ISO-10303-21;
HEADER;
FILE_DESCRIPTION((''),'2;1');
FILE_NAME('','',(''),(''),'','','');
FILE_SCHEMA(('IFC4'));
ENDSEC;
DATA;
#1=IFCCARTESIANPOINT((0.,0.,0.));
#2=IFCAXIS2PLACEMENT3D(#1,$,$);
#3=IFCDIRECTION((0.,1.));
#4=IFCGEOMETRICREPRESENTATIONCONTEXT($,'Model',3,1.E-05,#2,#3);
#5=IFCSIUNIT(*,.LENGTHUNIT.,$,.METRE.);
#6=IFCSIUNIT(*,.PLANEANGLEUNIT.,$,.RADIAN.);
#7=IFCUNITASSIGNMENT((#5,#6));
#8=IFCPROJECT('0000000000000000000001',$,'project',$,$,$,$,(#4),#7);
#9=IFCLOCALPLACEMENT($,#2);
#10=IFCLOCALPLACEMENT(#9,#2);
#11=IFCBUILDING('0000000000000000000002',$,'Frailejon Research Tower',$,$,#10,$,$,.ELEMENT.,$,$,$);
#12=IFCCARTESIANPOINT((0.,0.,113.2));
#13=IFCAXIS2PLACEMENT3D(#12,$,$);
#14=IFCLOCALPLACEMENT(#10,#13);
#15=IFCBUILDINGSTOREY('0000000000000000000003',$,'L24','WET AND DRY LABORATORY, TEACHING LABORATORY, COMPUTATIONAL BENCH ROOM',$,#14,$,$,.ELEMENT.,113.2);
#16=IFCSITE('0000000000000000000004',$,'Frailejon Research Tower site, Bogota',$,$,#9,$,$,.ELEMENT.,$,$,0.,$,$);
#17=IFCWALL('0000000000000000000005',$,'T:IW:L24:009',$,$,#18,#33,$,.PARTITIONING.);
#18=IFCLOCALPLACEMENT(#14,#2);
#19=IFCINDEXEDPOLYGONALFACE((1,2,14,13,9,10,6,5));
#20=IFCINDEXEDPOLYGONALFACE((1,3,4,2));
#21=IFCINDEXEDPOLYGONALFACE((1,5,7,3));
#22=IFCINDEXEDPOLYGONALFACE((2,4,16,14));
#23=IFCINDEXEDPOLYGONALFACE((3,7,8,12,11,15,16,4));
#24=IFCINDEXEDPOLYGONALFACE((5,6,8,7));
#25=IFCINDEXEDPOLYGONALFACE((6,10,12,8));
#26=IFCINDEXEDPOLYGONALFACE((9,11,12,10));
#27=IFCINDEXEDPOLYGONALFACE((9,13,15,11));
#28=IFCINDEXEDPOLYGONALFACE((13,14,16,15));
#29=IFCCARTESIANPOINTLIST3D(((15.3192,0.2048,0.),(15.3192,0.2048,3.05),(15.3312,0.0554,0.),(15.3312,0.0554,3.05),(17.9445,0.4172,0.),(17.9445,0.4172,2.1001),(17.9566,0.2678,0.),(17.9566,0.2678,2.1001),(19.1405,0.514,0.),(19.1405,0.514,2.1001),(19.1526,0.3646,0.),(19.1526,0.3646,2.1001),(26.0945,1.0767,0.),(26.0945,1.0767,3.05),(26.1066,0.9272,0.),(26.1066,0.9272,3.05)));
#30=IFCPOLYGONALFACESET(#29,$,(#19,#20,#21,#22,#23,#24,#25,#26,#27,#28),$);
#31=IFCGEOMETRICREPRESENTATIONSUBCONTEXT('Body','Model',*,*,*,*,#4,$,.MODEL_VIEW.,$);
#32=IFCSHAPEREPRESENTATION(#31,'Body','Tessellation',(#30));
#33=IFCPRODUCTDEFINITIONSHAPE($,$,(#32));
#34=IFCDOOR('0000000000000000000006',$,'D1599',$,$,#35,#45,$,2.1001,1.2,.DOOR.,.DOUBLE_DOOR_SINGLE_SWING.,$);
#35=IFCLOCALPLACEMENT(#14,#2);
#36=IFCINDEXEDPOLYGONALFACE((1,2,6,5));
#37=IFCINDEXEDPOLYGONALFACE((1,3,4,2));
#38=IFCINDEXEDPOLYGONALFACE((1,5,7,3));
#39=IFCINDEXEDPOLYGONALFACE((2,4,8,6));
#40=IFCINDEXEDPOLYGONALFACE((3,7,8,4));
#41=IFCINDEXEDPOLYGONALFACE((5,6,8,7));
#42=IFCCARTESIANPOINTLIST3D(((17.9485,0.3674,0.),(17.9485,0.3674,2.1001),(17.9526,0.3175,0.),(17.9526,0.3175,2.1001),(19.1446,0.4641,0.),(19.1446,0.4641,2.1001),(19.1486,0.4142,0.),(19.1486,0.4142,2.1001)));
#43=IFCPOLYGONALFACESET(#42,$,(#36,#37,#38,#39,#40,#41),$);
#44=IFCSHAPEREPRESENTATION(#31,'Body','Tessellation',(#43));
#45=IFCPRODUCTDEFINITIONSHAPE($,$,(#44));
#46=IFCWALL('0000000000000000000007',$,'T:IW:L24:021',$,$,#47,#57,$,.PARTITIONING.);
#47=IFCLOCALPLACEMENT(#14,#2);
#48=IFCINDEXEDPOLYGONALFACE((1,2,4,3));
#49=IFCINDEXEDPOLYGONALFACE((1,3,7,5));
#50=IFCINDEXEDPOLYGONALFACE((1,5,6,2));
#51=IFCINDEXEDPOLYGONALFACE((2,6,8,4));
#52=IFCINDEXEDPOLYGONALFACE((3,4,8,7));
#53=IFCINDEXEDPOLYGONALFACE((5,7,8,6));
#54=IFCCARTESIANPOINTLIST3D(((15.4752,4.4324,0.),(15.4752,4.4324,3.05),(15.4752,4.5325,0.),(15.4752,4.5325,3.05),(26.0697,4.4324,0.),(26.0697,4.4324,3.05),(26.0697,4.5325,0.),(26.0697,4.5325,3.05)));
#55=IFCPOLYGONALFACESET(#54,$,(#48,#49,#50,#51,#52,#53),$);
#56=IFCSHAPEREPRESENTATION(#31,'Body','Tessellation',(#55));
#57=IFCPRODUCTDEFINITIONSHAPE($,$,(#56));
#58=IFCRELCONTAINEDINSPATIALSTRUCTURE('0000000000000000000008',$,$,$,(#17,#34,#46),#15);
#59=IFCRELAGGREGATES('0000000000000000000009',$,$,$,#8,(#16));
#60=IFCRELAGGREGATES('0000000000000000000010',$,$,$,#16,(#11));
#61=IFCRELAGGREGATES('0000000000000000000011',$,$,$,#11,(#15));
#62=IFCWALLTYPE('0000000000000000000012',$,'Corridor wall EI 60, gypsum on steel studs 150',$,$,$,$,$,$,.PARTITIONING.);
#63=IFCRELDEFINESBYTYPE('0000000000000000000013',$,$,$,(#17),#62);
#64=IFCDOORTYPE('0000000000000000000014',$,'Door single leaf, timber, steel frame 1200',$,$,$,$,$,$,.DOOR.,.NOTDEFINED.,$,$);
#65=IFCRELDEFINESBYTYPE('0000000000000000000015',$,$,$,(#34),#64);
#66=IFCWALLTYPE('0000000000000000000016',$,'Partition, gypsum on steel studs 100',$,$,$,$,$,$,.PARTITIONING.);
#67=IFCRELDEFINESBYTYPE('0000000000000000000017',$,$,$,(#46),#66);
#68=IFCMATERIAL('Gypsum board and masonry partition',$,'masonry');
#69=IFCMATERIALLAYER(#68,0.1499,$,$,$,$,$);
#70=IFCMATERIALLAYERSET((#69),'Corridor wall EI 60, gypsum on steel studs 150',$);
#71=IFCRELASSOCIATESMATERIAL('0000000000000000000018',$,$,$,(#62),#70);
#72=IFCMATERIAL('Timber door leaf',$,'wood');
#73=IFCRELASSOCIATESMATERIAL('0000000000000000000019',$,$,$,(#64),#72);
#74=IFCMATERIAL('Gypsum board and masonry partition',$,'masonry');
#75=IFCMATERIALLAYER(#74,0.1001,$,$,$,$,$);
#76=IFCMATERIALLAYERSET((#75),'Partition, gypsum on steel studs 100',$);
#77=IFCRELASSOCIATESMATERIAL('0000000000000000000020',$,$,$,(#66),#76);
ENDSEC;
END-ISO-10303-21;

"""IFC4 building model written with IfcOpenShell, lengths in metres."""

from ifc_helpers import new_model, si_unit, direction, frame, frame_2d, origin, place, context, subcontext, project, spatial, rectangle, extrude, material, layer, layer_set, type_object, element, fill, save


model = new_model("IFC4")

# Units and contexts
model_context = context("Model", 3, precision=1e-05, world=origin(), true_north=direction((0.0, 1.0)))
body_context = subcontext(model_context, "Body", "Model", "MODEL_VIEW")
ifc_project = project(units=[si_unit("LENGTHUNIT", "METRE"), si_unit("PLANEANGLEUNIT", "RADIAN")], contexts=[model_context])

# Site, building, storey
site_placement = place(None, origin())
site = spatial("IfcSite", under=ifc_project, at=site_placement, Name="Frailejon Research Tower site, Bogota", CompositionType="ELEMENT", RefElevation=0.0)
building_placement = place(site_placement, origin())
building = spatial("IfcBuilding", under=site, at=building_placement, Name="Frailejon Research Tower", CompositionType="ELEMENT")
storey_placement = place(building_placement, frame((0.0, 0.0, 113.2)))
storey = spatial("IfcBuildingStorey", under=building, at=storey_placement, Name="L24", Description="WET AND DRY LABORATORY, TEACHING LABORATORY, COMPUTATIONAL BENCH ROOM", CompositionType="ELEMENT", Elevation=113.2)

# Wall, opening, door
ifc_material_1 = material(Name="Gypsum board and masonry partition", Category="masonry")
ifc_layer_1 = layer(ifc_material_1, 0.1499)
ifc_layer_set_1 = layer_set([ifc_layer_1], Name="Corridor wall EI 60, gypsum on steel studs 150")
wall_type_1 = type_object("IfcWallType", Name="Corridor wall EI 60, gypsum on steel studs 150", PredefinedType="PARTITIONING", material=ifc_layer_set_1)
wall_1_placement = place(storey_placement, frame((15.3252, 0.1301, 0.0), z_axis=(0.0, 0.0, 1.0), x_axis=(0.996743, 0.080645, 0.0)))
wall_1 = element("IfcWall", 1, at=wall_1_placement, inside=storey, type_object=wall_type_1, Name="T:IW:L24:009", PredefinedType="PARTITIONING", context=body_context, shape_type="SweptSolid", body=[
    extrude(rectangle(XDim=10.8105, YDim=0.1499, at=frame_2d((5.4053, 0.0))), origin(), (0.0, 0.0, 1.0), 3.05),
])
opening_1_placement = place(wall_1_placement, frame((2.6338, 0.0, 0.0)))
opening_1 = element("IfcOpeningElement", 2, at=opening_1_placement, cuts=wall_1, PredefinedType="OPENING", context=body_context, shape_type="SweptSolid", body=[
    extrude(rectangle(XDim=1.2, YDim=2.1001, at=frame_2d((0.6001, 1.05))), frame((0.0, 0.085, 0.0), z_axis=(0.0, -1.0, 0.0), x_axis=(1.0, 0.0, 0.0)), (0.0, 0.0, 1.0), 0.1699),
])
ifc_material_2 = material(Name="Timber door leaf", Category="wood")
door_type_1 = type_object("IfcDoorType", Name="Door single leaf, timber, steel frame 1200", OperationType="NOTDEFINED", PredefinedType="DOOR", material=ifc_material_2)
door_1_placement = place(opening_1_placement, origin())
door_1 = element("IfcDoor", 3, at=door_1_placement, inside=storey, type_object=door_type_1, Name="D1599", OperationType="DOUBLE_DOOR_SINGLE_SWING", OverallHeight=2.1001, OverallWidth=1.2, PredefinedType="DOOR", context=body_context, shape_type="SweptSolid", body=[
    extrude(rectangle(XDim=1.2, YDim=2.1001, at=frame_2d((0.6001, 1.05))), frame((0.0, 0.0249, 0.0), z_axis=(0.0, -1.0, 0.0), x_axis=(1.0, 0.0, 0.0)), (0.0, 0.0, 1.0), 0.05),
])
fill(opening_1, door_1)

# Wall
ifc_material_3 = material(Name="Gypsum board and masonry partition", Category="masonry")
ifc_layer_2 = layer(ifc_material_3, 0.1001)
ifc_layer_set_2 = layer_set([ifc_layer_2], Name="Partition, gypsum on steel studs 100")
wall_type_2 = type_object("IfcWallType", Name="Partition, gypsum on steel studs 100", PredefinedType="PARTITIONING", material=ifc_layer_set_2)
wall_2_placement = place(storey_placement, frame((15.4751, 4.4824, 0.0), z_axis=(0.0, 0.0, 1.0), x_axis=(1.0, 0.0, 0.0)))
element("IfcWall", 4, at=wall_2_placement, inside=storey, type_object=wall_type_2, Name="T:IW:L24:021", PredefinedType="PARTITIONING", context=body_context, shape_type="SweptSolid", body=[
    extrude(rectangle(XDim=10.5945, YDim=0.1001, at=frame_2d((5.2974, 0.0))), origin(), (0.0, 0.0, 1.0), 3.05),
])

save(model, "model.ifc")
